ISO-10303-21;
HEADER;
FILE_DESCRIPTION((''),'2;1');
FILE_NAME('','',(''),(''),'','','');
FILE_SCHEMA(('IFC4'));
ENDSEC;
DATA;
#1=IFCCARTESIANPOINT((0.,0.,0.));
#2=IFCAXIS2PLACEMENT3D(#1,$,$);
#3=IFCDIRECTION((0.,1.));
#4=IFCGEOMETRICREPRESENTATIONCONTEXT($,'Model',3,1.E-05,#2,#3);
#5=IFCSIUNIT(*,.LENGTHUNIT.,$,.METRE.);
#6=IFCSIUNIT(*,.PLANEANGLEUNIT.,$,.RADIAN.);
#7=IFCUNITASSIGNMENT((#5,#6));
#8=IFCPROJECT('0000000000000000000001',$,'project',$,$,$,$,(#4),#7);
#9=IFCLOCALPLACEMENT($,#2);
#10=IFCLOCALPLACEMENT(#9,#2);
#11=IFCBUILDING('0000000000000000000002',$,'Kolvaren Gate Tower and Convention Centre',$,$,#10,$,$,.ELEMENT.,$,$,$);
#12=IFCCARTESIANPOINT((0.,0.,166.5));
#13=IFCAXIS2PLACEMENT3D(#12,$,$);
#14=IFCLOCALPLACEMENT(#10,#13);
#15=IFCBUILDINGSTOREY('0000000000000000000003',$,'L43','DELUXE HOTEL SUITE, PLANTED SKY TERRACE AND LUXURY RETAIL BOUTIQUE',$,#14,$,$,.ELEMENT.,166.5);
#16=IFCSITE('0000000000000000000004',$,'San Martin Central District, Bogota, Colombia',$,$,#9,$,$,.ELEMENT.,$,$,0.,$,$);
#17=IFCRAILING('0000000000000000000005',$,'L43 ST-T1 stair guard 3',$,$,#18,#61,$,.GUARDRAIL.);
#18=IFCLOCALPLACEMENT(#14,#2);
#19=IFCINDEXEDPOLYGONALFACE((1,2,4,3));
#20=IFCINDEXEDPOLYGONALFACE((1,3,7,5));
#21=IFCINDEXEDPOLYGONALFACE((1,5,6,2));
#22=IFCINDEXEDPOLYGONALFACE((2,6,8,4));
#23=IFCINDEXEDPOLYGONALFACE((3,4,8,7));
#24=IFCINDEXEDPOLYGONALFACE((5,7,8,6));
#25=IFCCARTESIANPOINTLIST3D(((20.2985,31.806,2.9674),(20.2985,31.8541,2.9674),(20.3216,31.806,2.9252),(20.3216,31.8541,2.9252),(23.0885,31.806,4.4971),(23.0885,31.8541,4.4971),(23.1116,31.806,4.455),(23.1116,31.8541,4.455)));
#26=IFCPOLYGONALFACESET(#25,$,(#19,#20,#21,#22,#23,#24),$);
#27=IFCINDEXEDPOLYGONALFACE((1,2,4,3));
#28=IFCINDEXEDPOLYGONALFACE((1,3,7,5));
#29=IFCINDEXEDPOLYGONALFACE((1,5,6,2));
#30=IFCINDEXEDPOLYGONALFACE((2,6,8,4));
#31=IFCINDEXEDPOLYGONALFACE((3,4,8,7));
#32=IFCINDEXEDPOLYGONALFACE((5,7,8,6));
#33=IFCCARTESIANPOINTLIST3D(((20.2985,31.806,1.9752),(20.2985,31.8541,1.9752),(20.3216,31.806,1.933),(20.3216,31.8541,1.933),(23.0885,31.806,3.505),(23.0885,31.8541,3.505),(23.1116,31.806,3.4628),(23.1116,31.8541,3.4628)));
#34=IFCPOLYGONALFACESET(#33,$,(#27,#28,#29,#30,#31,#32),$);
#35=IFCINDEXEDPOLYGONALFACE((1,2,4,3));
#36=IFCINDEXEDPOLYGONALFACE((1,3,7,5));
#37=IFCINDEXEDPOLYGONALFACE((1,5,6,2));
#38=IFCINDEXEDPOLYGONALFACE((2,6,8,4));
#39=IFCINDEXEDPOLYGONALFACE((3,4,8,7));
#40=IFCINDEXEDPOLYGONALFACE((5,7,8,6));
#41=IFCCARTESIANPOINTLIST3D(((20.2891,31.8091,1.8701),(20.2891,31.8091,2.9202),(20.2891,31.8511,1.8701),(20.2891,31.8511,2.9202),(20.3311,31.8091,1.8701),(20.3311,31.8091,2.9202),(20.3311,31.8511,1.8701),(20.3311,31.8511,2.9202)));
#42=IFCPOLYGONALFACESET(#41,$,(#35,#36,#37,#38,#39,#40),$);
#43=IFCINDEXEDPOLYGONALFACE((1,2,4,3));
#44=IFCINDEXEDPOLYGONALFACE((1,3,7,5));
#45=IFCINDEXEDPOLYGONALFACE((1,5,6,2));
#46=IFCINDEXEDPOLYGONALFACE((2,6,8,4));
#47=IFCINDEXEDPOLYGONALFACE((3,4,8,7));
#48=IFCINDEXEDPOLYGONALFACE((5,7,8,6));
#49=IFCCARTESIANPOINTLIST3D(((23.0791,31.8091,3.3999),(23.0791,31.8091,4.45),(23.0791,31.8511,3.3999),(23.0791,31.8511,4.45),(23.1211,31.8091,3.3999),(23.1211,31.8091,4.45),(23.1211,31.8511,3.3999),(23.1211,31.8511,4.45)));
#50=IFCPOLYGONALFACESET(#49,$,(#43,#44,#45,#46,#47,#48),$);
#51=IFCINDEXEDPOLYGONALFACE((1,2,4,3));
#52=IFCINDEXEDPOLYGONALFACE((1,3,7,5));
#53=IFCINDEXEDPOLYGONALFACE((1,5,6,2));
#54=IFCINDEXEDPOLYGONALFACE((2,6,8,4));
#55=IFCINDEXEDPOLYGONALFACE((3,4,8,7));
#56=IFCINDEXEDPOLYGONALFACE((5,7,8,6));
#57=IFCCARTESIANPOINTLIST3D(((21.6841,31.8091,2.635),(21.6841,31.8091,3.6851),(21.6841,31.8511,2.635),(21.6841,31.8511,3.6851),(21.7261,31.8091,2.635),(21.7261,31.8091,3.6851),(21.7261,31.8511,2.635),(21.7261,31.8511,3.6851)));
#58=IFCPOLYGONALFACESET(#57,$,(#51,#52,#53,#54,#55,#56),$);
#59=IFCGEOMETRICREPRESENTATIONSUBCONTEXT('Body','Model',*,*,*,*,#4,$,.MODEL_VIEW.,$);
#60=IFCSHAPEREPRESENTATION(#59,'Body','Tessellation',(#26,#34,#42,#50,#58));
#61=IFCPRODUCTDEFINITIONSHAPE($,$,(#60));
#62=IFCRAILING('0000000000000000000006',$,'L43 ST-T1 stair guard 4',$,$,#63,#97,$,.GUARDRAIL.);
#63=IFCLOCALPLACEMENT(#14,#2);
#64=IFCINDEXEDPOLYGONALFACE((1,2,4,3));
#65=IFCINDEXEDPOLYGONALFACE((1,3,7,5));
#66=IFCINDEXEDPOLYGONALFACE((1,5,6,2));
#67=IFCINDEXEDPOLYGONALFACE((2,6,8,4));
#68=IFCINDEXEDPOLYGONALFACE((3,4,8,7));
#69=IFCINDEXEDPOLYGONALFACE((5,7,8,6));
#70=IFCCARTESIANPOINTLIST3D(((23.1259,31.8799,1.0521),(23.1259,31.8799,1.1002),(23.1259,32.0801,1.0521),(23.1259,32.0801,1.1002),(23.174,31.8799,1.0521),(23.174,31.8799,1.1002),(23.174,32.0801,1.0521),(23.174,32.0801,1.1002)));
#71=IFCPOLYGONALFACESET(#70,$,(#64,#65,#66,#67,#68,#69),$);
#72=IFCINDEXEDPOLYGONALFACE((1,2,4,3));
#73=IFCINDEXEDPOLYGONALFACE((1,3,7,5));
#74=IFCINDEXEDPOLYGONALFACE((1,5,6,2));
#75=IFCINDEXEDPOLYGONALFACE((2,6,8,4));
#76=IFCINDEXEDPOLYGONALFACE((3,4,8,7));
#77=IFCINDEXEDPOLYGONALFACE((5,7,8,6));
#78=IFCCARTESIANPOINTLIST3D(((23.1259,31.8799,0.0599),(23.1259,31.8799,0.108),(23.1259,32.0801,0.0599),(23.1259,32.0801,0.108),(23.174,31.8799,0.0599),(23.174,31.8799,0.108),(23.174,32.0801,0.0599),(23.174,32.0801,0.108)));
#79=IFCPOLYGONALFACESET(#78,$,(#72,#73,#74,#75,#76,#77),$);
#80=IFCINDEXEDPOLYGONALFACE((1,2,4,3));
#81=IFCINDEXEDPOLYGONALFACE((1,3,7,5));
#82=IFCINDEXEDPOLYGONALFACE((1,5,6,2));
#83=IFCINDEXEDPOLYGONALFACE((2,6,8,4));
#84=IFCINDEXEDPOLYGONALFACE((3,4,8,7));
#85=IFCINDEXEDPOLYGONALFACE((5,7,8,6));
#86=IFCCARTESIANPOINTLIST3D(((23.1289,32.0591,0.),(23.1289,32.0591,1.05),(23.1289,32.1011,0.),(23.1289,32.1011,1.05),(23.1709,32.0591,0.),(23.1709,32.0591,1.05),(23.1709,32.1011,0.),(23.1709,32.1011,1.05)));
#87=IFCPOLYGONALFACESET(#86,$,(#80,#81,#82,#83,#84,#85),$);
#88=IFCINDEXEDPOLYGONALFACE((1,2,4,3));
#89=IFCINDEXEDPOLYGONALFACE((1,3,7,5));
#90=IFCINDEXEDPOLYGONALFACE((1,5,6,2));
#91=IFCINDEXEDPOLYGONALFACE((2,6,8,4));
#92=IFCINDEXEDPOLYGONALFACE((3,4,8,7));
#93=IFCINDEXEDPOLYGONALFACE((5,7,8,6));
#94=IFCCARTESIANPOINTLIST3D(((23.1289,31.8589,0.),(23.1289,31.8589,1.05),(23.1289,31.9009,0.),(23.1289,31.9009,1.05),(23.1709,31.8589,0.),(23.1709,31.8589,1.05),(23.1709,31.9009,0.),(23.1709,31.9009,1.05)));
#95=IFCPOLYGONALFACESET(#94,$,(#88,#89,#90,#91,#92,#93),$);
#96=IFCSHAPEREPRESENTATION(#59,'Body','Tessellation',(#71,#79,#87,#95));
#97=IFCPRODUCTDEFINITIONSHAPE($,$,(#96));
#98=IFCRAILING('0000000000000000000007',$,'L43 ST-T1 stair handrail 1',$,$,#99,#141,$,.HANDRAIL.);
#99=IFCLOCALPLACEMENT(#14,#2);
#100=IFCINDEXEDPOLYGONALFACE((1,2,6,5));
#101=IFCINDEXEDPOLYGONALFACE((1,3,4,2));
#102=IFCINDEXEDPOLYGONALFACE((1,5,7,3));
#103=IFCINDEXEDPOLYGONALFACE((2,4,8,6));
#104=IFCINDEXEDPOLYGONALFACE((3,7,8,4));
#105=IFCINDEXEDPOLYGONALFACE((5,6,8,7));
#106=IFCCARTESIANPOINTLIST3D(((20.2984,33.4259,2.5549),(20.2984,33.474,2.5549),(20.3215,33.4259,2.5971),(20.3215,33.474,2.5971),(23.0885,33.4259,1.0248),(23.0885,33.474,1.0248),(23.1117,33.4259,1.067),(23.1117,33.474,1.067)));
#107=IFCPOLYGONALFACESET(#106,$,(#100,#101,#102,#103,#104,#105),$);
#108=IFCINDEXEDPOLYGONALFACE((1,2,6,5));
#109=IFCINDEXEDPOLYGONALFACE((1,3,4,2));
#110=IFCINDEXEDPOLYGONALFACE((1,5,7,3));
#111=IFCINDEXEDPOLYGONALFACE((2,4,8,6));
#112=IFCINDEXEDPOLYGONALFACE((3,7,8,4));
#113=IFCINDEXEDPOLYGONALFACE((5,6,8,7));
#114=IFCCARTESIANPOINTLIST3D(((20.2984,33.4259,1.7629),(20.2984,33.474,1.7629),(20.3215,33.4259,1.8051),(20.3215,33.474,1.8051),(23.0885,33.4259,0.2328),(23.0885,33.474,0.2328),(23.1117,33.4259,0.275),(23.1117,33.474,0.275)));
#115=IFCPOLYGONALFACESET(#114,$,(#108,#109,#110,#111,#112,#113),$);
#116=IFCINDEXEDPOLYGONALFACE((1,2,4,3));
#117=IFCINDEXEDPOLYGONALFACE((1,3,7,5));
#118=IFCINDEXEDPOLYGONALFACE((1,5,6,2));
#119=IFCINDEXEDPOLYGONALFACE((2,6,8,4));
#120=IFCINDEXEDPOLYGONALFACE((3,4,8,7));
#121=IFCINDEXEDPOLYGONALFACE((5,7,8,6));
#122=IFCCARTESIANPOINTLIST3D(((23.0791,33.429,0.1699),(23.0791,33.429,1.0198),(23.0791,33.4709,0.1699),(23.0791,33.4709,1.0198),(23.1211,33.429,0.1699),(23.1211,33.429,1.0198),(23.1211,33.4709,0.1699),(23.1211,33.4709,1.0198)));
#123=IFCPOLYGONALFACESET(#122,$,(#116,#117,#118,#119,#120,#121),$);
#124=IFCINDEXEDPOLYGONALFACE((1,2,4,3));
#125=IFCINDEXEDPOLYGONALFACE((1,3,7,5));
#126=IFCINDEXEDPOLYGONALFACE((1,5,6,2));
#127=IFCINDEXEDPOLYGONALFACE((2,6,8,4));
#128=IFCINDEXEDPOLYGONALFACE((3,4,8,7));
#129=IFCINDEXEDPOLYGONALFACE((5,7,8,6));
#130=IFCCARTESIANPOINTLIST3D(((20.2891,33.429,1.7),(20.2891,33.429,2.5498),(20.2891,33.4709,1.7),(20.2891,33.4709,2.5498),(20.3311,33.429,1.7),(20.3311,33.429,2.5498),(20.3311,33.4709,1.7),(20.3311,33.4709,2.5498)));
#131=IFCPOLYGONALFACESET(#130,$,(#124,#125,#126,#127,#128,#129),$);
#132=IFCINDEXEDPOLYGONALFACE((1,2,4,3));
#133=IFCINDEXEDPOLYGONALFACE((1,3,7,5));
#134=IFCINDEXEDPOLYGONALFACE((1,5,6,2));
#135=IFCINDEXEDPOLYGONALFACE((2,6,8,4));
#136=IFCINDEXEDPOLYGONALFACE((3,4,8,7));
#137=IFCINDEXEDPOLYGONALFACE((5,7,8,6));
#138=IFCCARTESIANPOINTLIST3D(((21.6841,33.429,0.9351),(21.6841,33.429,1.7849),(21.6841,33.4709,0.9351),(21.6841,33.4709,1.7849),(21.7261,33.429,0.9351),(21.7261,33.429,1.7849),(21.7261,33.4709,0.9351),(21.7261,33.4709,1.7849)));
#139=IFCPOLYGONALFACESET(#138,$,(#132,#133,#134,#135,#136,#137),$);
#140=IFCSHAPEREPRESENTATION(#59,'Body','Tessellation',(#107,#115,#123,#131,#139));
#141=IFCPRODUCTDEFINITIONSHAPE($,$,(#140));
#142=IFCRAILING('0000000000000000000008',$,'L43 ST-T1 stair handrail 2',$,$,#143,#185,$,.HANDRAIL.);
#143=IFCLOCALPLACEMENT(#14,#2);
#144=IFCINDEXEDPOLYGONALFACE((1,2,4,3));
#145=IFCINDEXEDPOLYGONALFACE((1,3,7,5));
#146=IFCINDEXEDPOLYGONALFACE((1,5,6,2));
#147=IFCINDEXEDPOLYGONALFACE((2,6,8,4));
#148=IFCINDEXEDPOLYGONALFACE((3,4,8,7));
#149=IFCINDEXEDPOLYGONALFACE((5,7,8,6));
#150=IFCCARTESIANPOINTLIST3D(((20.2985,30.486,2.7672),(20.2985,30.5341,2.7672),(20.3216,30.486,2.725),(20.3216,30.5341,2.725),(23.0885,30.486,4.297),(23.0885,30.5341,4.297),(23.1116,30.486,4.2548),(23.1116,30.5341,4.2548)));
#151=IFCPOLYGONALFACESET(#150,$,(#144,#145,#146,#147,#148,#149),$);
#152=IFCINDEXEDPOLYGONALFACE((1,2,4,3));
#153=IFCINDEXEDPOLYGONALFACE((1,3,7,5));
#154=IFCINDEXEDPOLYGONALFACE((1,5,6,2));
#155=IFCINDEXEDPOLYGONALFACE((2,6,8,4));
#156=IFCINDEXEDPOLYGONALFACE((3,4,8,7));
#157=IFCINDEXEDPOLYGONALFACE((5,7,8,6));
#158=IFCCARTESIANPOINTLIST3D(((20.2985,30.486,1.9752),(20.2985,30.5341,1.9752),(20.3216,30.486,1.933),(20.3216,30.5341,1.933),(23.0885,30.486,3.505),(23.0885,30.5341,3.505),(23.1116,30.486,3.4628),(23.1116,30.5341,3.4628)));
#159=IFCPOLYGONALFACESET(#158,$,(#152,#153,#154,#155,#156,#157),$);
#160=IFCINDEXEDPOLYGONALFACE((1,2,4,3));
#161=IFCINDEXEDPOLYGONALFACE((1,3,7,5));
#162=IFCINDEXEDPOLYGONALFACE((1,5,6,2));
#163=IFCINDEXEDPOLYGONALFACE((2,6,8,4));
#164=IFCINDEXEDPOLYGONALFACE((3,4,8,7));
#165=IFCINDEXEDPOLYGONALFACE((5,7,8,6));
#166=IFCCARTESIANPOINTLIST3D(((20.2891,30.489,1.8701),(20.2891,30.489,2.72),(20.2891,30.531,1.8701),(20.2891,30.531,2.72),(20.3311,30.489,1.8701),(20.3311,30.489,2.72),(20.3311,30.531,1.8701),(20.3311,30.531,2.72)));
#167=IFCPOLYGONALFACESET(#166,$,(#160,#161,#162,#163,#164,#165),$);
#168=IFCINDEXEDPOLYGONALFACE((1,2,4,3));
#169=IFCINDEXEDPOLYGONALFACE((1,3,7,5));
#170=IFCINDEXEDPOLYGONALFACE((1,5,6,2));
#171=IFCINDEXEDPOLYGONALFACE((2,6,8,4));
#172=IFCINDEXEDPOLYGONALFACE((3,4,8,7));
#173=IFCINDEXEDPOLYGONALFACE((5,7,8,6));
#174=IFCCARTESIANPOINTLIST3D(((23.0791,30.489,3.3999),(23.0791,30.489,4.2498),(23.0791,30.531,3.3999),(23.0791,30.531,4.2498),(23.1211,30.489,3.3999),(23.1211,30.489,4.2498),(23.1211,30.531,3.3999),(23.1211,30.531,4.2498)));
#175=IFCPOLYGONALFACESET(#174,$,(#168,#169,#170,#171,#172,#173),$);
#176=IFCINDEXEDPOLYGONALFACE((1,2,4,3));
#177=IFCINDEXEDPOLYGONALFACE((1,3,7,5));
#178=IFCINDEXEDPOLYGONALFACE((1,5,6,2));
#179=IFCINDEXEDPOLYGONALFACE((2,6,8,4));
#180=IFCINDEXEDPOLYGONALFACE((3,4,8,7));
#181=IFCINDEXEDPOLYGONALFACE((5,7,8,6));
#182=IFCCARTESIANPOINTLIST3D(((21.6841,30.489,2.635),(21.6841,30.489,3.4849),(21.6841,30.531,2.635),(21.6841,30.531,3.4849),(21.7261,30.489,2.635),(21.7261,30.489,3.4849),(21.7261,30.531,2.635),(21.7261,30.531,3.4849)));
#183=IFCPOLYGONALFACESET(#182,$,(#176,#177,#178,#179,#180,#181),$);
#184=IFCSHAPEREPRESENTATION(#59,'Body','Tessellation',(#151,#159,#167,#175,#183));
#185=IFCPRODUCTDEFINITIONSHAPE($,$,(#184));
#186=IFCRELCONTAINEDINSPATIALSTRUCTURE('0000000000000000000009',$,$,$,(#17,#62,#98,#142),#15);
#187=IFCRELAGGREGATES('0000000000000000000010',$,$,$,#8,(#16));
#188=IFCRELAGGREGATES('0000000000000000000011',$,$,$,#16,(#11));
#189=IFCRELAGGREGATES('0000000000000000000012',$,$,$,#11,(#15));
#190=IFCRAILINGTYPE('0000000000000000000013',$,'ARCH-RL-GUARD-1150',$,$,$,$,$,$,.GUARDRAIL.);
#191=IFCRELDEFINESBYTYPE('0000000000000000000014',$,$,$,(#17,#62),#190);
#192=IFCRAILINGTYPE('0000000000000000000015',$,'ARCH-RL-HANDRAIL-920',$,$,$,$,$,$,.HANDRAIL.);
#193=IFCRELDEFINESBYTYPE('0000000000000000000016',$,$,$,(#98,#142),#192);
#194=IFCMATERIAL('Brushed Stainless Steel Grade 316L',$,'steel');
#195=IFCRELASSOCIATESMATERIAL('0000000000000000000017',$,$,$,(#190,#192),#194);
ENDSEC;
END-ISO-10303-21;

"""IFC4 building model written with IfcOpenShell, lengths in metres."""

from ifc_helpers import new_model, si_unit, direction, frame, origin, origin_2d, place, context, subcontext, project, spatial, rectangle, extrude, material, type_object, element, save


model = new_model("IFC4")

# Units and contexts
model_context = context("Model", 3, precision=1e-05, world=origin(), true_north=direction((0.0, 1.0)))
body_context = subcontext(model_context, "Body", "Model", "MODEL_VIEW")
ifc_project = project(units=[si_unit("LENGTHUNIT", "METRE"), si_unit("PLANEANGLEUNIT", "RADIAN")], contexts=[model_context])

# Site, building, storey
site_placement = place(None, origin())
site = spatial("IfcSite", under=ifc_project, at=site_placement, Name="San Martin Central District, Bogota, Colombia", CompositionType="ELEMENT", RefElevation=0.0)
building_placement = place(site_placement, origin())
building = spatial("IfcBuilding", under=site, at=building_placement, Name="Kolvaren Gate Tower and Convention Centre", CompositionType="ELEMENT")
storey_placement = place(building_placement, frame((0.0, 0.0, 166.5)))
storey = spatial("IfcBuildingStorey", under=building, at=storey_placement, Name="L43", Description="DELUXE HOTEL SUITE, PLANTED SKY TERRACE AND LUXURY RETAIL BOUTIQUE", CompositionType="ELEMENT", Elevation=166.5)

# Shared definitions
ifc_material_1 = material(Name="Brushed Stainless Steel Grade 316L", Category="steel")

# Railings
railing_type_1 = type_object("IfcRailingType", Name="ARCH-RL-GUARD-1150", PredefinedType="GUARDRAIL", material=ifc_material_1)
railing_1_placement = place(storey_placement, frame((20.3101, 31.8301, 1.8701)))
element("IfcRailing", 1, at=railing_1_placement, inside=storey, type_object=railing_type_1, Name="L43 ST-T1 stair guard 3", PredefinedType="GUARDRAIL", context=body_context, shape_type="SweptSolid", body=[
    extrude(rectangle(XDim=0.0481, YDim=0.0481, at=origin_2d()), frame((0.0, 0.0, 1.0762), z_axis=(0.876844, 0.0, 0.480776), x_axis=(0.0, 1.0, 0.0)), (0.0, 0.0, 1.0), 3.1819),
    extrude(rectangle(XDim=0.0481, YDim=0.0481, at=origin_2d()), frame((0.0, 0.0, 0.084), z_axis=(0.876844, 0.0, 0.480776), x_axis=(0.0, 1.0, 0.0)), (0.0, 0.0, 1.0), 3.1819),
    extrude(rectangle(XDim=0.042, YDim=0.042, at=origin_2d()), origin(), (0.0, 0.0, 1.0), 1.05),
    extrude(rectangle(XDim=0.042, YDim=0.042, at=origin_2d()), frame((2.79, 0.0, 1.5298)), (0.0, 0.0, 1.0), 1.05),
    extrude(rectangle(XDim=0.042, YDim=0.042, at=origin_2d()), frame((1.395, 0.0, 0.7649)), (0.0, 0.0, 1.0), 1.05),
])
railing_2_placement = place(storey_placement, frame((23.1499, 32.0801, 0.0)))
element("IfcRailing", 2, at=railing_2_placement, inside=storey, type_object=railing_type_1, Name="L43 ST-T1 stair guard 4", PredefinedType="GUARDRAIL", context=body_context, shape_type="SweptSolid", body=[
    extrude(rectangle(XDim=0.0481, YDim=0.0481, at=origin_2d()), frame((0.0, 0.0, 1.0762), z_axis=(0.0, -1.0, 0.0), x_axis=(1.0, 0.0, 0.0)), (0.0, 0.0, 1.0), 0.2002),
    extrude(rectangle(XDim=0.0481, YDim=0.0481, at=origin_2d()), frame((0.0, 0.0, 0.084), z_axis=(0.0, -1.0, 0.0), x_axis=(1.0, 0.0, 0.0)), (0.0, 0.0, 1.0), 0.2002),
    extrude(rectangle(XDim=0.042, YDim=0.042, at=origin_2d()), origin(), (0.0, 0.0, 1.0), 1.05),
    extrude(rectangle(XDim=0.042, YDim=0.042, at=origin_2d()), frame((0.0, -0.2002, 0.0)), (0.0, 0.0, 1.0), 1.05),
])
railing_type_2 = type_object("IfcRailingType", Name="ARCH-RL-HANDRAIL-920", PredefinedType="HANDRAIL", material=ifc_material_1)
railing_3_placement = place(storey_placement, frame((23.1001, 33.45, 0.1699)))
element("IfcRailing", 3, at=railing_3_placement, inside=storey, type_object=railing_type_2, Name="L43 ST-T1 stair handrail 1", PredefinedType="HANDRAIL", context=body_context, shape_type="SweptSolid", body=[
    extrude(rectangle(XDim=0.0481, YDim=0.0481, at=origin_2d()), frame((0.0, 0.0, 0.876), z_axis=(-0.876811, 0.0, 0.480835), x_axis=(0.0, -1.0, 0.0)), (0.0, 0.0, 1.0), 3.1821),
    extrude(rectangle(XDim=0.0481, YDim=0.0481, at=origin_2d()), frame((0.0, 0.0, 0.084), z_axis=(-0.876811, 0.0, 0.480835), x_axis=(0.0, -1.0, 0.0)), (0.0, 0.0, 1.0), 3.1821),
    extrude(rectangle(XDim=0.042, YDim=0.042, at=origin_2d()), origin(), (0.0, 0.0, 1.0), 0.8499),
    extrude(rectangle(XDim=0.042, YDim=0.042, at=origin_2d()), frame((-2.79, 0.0, 1.53)), (0.0, 0.0, 1.0), 0.8499),
    extrude(rectangle(XDim=0.042, YDim=0.042, at=origin_2d()), frame((-1.395, 0.0, 0.7651)), (0.0, 0.0, 1.0), 0.8499),
])
railing_4_placement = place(storey_placement, frame((20.3101, 30.51, 1.8701)))
element("IfcRailing", 4, at=railing_4_placement, inside=storey, type_object=railing_type_2, Name="L43 ST-T1 stair handrail 2", PredefinedType="HANDRAIL", context=body_context, shape_type="SweptSolid", body=[
    extrude(rectangle(XDim=0.0481, YDim=0.0481, at=origin_2d()), frame((0.0, 0.0, 0.876), z_axis=(0.876844, 0.0, 0.480776), x_axis=(0.0, 1.0, 0.0)), (0.0, 0.0, 1.0), 3.1819),
    extrude(rectangle(XDim=0.0481, YDim=0.0481, at=origin_2d()), frame((0.0, 0.0, 0.084), z_axis=(0.876844, 0.0, 0.480776), x_axis=(0.0, 1.0, 0.0)), (0.0, 0.0, 1.0), 3.1819),
    extrude(rectangle(XDim=0.042, YDim=0.042, at=origin_2d()), origin(), (0.0, 0.0, 1.0), 0.8499),
    extrude(rectangle(XDim=0.042, YDim=0.042, at=origin_2d()), frame((2.79, 0.0, 1.5298)), (0.0, 0.0, 1.0), 0.8499),
    extrude(rectangle(XDim=0.042, YDim=0.042, at=origin_2d()), frame((1.395, 0.0, 0.7649)), (0.0, 0.0, 1.0), 0.8499),
])

save(model, "model.ifc")
